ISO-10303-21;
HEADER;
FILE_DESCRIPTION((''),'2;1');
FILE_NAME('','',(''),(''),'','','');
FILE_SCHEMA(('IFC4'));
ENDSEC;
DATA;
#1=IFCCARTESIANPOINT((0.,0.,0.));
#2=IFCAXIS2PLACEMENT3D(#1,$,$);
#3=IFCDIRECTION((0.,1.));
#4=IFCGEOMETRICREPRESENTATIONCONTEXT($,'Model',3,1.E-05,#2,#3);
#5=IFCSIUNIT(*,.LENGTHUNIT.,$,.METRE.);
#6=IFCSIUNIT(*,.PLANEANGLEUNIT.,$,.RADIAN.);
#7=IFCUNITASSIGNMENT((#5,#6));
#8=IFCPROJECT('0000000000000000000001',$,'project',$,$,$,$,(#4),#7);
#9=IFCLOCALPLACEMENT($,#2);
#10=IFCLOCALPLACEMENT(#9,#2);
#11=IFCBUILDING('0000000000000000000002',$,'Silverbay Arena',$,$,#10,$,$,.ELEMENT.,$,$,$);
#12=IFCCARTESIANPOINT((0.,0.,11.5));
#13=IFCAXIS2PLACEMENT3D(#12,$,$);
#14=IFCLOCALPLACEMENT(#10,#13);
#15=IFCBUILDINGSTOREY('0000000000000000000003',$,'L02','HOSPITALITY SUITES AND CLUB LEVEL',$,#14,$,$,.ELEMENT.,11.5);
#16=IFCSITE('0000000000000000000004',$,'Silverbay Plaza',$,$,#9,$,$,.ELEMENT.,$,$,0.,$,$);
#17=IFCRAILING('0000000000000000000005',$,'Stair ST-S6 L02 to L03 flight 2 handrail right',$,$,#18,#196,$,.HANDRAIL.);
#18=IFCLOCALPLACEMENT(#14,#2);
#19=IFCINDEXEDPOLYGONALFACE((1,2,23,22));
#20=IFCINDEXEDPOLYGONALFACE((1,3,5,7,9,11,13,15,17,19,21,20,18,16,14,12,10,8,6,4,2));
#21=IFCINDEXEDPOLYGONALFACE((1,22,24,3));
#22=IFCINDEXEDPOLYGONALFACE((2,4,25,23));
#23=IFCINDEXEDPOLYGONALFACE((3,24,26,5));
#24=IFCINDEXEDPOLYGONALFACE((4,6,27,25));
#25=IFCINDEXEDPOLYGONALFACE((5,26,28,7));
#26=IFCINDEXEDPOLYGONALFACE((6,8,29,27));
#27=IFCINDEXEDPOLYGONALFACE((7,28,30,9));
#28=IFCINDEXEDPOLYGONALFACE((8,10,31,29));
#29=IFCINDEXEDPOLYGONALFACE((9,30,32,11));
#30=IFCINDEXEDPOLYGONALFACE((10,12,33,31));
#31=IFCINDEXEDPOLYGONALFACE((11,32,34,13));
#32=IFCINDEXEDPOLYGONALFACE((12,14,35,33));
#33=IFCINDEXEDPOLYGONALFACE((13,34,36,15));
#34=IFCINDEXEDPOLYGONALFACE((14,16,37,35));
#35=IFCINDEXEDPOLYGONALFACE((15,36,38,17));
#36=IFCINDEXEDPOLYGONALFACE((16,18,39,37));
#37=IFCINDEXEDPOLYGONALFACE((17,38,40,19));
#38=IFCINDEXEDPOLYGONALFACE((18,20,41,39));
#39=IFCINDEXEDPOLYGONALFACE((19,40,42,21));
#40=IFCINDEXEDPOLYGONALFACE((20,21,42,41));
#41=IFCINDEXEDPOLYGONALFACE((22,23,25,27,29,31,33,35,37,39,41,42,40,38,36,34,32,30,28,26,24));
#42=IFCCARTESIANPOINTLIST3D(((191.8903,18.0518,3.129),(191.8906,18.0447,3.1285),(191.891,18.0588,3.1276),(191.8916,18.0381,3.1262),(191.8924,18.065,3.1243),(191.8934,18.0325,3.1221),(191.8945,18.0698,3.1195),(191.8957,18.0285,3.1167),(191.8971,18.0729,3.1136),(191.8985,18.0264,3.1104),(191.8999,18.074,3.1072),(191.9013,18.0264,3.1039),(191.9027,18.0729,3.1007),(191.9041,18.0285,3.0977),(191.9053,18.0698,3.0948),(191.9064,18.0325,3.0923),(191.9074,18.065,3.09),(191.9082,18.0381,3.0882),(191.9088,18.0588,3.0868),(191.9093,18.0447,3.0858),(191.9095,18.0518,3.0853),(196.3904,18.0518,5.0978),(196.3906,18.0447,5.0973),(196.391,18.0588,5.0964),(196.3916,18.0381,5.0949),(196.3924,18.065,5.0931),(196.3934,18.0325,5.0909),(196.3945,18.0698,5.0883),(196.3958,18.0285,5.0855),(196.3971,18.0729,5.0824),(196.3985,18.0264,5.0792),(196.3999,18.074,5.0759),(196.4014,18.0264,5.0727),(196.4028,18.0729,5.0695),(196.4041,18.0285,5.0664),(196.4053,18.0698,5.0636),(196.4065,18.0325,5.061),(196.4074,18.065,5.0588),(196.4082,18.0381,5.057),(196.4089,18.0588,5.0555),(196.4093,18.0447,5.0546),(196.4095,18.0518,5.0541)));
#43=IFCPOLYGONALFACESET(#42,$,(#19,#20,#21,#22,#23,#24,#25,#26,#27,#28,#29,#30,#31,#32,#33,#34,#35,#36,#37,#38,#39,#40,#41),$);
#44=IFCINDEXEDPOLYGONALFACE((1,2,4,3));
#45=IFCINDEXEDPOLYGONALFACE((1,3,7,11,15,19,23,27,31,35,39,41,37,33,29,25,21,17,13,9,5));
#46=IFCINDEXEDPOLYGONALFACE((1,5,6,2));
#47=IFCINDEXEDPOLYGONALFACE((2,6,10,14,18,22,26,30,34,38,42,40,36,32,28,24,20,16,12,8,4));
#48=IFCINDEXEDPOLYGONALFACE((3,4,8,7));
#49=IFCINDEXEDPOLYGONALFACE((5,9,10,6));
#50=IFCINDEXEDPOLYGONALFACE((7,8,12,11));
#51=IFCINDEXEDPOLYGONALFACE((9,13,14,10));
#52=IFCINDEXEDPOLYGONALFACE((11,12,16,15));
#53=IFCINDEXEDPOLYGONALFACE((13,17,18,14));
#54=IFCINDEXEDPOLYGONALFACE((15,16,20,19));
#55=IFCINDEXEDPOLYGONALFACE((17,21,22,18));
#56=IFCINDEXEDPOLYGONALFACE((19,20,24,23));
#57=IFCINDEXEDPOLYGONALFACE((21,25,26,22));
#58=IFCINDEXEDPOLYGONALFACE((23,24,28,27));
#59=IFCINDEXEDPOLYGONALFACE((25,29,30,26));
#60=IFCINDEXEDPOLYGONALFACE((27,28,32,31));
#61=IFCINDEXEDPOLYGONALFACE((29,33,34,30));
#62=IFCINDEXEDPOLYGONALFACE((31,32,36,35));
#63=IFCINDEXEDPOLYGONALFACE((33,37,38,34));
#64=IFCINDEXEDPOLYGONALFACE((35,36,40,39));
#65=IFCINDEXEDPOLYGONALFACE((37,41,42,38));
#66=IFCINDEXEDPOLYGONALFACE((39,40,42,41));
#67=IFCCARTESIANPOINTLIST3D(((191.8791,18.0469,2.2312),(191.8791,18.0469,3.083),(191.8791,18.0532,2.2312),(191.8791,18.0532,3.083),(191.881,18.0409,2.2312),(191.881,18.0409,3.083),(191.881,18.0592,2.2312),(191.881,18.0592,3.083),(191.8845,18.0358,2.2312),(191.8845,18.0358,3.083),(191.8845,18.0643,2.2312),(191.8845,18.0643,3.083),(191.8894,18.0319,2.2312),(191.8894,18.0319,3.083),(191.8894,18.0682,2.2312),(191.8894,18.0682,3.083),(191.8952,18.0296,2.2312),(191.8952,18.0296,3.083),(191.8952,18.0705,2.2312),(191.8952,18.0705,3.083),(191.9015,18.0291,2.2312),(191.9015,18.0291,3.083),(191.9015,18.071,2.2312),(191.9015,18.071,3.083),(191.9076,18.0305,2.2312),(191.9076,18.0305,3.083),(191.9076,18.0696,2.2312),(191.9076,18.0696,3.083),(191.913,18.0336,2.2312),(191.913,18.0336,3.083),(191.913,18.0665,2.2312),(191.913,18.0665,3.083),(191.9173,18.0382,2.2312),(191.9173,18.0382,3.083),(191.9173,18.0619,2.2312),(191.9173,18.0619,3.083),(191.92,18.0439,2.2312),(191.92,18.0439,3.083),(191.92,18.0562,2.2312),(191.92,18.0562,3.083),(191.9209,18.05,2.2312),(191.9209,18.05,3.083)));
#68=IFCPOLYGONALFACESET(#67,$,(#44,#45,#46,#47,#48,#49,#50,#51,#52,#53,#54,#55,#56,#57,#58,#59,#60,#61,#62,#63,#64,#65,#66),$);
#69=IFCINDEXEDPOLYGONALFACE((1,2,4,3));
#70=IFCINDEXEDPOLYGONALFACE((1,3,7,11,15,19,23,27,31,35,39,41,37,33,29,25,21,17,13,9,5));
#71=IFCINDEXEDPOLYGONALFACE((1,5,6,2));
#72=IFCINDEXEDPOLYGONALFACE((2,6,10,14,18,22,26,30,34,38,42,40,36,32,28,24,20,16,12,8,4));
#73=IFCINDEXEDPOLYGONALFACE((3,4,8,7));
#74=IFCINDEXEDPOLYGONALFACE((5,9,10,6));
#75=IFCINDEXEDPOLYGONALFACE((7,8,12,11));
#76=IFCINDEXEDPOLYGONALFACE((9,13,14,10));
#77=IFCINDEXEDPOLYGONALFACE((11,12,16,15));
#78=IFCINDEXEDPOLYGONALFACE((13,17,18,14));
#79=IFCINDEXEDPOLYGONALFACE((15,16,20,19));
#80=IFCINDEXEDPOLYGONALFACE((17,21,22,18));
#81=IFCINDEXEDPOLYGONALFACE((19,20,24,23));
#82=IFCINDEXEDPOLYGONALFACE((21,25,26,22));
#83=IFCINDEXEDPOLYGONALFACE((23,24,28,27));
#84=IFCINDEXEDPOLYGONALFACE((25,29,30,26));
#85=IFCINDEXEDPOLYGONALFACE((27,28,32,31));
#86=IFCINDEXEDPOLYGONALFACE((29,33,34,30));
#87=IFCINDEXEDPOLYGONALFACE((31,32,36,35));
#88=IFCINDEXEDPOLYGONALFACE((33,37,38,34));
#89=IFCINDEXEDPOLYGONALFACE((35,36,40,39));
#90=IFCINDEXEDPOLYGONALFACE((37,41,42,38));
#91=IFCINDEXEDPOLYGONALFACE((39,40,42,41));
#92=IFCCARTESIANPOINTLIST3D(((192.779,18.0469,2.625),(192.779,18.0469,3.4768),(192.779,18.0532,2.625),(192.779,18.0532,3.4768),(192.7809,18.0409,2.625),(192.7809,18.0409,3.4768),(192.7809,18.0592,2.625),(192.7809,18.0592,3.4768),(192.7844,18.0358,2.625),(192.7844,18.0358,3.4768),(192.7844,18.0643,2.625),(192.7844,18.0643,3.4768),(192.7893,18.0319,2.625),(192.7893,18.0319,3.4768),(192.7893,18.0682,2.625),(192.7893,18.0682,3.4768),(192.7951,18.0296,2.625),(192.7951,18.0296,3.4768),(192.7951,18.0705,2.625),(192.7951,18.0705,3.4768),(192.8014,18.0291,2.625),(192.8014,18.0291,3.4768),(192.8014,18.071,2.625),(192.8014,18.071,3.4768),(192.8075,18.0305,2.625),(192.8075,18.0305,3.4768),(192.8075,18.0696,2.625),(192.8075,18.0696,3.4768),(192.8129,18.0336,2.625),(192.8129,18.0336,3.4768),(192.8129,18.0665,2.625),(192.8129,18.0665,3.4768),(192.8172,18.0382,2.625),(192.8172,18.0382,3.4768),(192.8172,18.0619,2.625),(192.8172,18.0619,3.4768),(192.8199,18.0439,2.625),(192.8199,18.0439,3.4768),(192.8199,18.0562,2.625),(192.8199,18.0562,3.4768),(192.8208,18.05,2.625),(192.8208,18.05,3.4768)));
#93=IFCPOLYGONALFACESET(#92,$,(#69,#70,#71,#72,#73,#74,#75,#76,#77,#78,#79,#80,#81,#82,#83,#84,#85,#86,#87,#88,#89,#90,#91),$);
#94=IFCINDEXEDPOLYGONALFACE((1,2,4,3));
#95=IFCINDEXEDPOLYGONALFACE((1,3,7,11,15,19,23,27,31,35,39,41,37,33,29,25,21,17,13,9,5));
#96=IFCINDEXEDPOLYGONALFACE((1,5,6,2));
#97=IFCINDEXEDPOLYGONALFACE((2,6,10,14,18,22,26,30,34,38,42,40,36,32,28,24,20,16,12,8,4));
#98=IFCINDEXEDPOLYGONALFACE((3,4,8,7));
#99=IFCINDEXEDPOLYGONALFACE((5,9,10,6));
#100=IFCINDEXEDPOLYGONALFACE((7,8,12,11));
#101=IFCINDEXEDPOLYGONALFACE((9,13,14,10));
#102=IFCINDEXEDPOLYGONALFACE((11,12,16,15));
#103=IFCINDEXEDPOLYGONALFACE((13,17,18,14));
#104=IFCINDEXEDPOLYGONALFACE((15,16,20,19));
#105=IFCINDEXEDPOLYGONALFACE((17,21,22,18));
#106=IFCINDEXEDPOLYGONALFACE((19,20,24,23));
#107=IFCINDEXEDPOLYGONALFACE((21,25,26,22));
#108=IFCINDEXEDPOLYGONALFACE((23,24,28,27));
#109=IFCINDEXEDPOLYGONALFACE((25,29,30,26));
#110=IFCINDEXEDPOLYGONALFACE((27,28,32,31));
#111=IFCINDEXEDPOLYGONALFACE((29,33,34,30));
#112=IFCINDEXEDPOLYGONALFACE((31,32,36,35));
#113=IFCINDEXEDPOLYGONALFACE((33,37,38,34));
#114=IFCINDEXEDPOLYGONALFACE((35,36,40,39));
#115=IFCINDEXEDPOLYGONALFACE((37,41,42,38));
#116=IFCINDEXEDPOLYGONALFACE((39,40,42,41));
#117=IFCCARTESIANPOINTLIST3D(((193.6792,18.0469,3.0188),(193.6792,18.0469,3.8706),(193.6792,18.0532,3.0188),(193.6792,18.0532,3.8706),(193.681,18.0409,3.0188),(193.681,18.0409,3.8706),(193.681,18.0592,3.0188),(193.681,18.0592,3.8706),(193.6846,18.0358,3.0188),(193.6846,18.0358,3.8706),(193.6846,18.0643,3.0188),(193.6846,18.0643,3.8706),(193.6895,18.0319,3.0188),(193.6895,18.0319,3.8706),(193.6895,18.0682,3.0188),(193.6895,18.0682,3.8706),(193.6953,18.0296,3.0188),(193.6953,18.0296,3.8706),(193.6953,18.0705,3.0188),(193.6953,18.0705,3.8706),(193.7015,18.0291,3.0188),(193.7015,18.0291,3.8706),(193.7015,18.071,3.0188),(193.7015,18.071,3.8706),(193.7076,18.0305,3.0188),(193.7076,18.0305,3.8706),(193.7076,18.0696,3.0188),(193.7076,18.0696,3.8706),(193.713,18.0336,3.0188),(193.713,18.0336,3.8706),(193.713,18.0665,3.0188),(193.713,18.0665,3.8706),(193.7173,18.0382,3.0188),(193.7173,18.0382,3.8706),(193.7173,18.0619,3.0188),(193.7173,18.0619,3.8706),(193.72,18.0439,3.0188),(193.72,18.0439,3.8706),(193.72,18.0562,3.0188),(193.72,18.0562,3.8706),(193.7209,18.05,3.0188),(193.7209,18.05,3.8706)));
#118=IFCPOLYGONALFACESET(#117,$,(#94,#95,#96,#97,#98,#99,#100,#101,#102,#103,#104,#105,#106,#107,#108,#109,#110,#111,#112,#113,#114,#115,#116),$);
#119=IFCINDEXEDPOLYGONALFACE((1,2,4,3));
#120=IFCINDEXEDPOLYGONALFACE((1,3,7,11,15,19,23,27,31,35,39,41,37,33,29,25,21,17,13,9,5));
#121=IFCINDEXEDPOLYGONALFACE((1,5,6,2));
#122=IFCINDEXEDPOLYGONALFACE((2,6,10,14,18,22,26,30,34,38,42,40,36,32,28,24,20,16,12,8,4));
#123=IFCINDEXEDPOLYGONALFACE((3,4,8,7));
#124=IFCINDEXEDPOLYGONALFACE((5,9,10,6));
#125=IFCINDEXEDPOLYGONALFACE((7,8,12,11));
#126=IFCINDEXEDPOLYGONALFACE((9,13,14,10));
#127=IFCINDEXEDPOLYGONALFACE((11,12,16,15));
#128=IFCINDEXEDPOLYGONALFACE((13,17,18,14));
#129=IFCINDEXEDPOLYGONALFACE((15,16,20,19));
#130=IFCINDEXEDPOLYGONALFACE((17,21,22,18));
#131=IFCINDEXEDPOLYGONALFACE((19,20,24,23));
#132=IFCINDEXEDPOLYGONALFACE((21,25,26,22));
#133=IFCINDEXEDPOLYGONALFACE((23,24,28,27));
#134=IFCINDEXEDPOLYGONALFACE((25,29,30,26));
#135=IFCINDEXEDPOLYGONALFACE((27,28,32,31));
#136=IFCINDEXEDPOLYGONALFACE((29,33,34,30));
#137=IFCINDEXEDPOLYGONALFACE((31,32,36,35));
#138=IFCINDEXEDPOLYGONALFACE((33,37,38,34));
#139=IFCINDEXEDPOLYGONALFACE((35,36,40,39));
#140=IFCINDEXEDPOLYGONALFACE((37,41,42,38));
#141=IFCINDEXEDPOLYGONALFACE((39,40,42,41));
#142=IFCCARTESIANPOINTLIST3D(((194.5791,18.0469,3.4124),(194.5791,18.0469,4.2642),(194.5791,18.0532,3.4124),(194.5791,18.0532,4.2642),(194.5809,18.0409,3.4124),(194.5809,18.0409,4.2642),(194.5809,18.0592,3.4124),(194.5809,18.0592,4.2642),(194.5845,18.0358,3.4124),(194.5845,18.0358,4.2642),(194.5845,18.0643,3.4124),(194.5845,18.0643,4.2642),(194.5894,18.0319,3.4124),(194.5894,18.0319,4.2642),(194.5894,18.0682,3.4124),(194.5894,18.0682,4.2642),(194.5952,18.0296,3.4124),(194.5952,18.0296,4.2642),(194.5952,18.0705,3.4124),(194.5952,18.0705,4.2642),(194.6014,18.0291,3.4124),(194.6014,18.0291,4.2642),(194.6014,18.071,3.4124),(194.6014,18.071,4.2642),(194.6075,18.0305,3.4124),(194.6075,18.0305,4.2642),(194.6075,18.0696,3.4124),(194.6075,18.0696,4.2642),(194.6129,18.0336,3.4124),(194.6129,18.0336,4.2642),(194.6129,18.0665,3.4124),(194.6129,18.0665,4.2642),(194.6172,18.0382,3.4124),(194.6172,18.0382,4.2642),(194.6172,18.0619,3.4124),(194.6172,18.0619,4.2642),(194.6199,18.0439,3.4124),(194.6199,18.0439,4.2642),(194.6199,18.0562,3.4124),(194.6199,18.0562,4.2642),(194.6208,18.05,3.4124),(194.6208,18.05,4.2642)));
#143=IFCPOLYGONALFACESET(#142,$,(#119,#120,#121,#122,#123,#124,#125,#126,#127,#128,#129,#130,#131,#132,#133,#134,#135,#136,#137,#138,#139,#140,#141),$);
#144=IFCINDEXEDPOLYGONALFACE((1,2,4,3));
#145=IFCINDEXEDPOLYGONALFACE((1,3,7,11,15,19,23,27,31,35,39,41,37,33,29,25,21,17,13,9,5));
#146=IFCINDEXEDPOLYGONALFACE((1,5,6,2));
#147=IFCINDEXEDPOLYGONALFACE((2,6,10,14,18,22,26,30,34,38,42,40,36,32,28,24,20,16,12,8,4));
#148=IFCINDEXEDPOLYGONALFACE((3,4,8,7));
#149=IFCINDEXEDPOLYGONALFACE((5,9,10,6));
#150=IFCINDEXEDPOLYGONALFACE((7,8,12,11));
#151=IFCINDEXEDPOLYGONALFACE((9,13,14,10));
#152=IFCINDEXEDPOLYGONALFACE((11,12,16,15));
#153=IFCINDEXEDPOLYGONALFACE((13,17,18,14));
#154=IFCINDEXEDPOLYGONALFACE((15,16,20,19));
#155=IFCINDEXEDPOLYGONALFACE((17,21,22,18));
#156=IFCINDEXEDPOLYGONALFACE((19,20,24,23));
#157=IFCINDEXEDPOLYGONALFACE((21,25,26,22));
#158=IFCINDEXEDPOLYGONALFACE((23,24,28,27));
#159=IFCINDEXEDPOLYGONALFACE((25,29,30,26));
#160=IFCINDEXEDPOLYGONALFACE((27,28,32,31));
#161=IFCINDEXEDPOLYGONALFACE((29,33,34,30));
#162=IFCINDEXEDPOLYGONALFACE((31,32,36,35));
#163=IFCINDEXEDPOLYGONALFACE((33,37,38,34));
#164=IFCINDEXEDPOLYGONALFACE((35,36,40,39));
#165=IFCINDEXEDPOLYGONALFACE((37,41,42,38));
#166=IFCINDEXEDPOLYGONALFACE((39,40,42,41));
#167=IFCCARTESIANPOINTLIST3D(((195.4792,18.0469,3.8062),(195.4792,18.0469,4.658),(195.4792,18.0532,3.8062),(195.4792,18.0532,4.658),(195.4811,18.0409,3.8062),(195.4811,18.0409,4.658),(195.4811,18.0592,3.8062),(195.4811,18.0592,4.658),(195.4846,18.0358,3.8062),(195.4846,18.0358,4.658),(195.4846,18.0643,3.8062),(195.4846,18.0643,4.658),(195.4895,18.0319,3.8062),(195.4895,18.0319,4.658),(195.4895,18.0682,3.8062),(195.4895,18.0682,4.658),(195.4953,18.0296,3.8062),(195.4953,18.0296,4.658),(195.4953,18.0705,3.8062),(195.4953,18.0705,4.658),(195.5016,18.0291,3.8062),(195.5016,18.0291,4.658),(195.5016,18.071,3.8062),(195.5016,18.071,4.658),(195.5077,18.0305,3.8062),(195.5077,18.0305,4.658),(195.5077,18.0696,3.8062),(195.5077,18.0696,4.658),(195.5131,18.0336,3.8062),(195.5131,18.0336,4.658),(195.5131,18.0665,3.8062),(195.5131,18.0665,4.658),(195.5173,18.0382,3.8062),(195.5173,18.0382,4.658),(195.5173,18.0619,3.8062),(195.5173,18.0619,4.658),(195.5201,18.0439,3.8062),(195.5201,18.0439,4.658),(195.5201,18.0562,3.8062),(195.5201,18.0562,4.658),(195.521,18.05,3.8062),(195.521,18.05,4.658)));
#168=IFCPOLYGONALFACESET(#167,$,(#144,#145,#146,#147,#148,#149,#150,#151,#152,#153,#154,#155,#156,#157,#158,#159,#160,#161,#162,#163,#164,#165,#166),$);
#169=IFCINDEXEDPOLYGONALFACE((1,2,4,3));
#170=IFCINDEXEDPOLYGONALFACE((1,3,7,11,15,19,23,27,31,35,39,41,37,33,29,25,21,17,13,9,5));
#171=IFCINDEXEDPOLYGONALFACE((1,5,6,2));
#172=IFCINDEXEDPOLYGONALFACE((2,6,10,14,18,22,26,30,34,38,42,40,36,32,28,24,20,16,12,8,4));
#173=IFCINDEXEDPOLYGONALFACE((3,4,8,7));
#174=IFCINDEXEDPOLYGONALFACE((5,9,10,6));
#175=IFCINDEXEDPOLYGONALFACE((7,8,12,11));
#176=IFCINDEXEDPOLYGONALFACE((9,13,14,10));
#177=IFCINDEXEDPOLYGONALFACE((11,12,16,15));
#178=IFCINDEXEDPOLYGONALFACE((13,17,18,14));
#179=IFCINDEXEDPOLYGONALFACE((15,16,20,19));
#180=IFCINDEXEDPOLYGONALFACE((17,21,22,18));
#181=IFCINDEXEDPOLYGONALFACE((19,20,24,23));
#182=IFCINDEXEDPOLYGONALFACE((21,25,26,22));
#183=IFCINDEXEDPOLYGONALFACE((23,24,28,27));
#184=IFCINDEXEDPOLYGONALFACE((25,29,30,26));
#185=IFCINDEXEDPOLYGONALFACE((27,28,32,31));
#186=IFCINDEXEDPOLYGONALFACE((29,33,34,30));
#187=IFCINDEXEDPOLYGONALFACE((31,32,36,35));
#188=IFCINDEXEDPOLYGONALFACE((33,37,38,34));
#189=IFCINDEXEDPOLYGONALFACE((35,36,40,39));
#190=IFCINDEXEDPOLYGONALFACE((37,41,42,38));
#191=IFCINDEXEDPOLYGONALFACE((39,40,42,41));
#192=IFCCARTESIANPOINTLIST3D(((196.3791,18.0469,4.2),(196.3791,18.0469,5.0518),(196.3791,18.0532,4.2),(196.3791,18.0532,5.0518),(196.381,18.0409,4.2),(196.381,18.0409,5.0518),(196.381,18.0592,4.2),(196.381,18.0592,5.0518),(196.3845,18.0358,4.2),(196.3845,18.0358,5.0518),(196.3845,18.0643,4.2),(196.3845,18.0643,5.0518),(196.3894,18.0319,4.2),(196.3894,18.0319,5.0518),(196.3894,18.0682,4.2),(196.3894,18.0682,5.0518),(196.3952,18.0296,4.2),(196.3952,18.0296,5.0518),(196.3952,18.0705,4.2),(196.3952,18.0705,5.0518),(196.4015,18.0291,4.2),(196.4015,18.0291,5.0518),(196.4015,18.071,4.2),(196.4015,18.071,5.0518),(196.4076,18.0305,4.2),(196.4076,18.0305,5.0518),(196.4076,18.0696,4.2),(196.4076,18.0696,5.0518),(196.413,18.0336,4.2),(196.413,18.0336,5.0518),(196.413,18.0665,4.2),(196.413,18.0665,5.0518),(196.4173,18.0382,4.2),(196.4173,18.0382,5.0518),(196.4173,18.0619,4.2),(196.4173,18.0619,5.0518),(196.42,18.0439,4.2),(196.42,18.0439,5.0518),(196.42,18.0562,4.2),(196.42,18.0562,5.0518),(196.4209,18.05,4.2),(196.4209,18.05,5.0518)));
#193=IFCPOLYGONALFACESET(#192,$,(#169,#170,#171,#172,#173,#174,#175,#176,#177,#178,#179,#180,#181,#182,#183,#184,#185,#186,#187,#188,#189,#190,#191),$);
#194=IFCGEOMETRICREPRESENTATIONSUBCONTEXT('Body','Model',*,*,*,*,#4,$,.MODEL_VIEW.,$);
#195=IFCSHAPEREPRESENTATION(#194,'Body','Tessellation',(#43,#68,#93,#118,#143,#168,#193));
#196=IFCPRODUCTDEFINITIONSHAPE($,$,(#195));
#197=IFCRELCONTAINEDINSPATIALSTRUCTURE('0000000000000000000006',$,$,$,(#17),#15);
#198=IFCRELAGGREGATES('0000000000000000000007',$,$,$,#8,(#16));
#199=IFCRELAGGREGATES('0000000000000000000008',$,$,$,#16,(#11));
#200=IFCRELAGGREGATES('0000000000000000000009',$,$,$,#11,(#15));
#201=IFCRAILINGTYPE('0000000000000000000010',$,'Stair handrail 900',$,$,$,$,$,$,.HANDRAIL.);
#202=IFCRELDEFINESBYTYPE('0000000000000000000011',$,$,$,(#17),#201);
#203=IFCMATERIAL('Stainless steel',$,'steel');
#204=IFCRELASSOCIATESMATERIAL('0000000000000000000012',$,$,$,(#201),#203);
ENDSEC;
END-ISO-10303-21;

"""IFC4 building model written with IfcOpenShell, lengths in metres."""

from ifc_helpers import new_model, si_unit, direction, frame, origin, origin_2d, place, context, subcontext, project, spatial, circle, extrude, material, type_object, element, save


model = new_model("IFC4")

# Units and contexts
model_context = context("Model", 3, precision=1e-05, world=origin(), true_north=direction((0.0, 1.0)))
body_context = subcontext(model_context, "Body", "Model", "MODEL_VIEW")
ifc_project = project(units=[si_unit("LENGTHUNIT", "METRE"), si_unit("PLANEANGLEUNIT", "RADIAN")], contexts=[model_context])

# Site, building, storey
site_placement = place(None, origin())
site = spatial("IfcSite", under=ifc_project, at=site_placement, Name="Silverbay Plaza", CompositionType="ELEMENT", RefElevation=0.0)
building_placement = place(site_placement, origin())
building = spatial("IfcBuilding", under=site, at=building_placement, Name="Silverbay Arena", CompositionType="ELEMENT")
storey_placement = place(building_placement, frame((0.0, 0.0, 11.5)))
storey = spatial("IfcBuildingStorey", under=building, at=storey_placement, Name="L02", Description="HOSPITALITY SUITES AND CLUB LEVEL", CompositionType="ELEMENT", Elevation=11.5)

# Railing
ifc_material_1 = material(Name="Stainless steel", Category="steel")
railing_type_1 = type_object("IfcRailingType", Name="Stair handrail 900", PredefinedType="HANDRAIL", material=ifc_material_1)
for number, where, name in (
    (1, (191.8999, 18.05, 2.2312), "Stair ST-S6 L02 to L03 flight 2 handrail right"),
):
    element("IfcRailing", number, at=place(storey_placement, frame(where)), inside=storey, type_object=railing_type_1, Name=name, PredefinedType="HANDRAIL", context=body_context, shape_type="SweptSolid", body=[
        extrude(circle(Radius=0.0239, at=origin_2d()), frame((0.0, 0.0, 0.876), z_axis=(0.916157, 0.0, 0.400819), x_axis=(0.0, 1.0, 0.0)), (0.0, 0.0, 1.0), 4.9119),
        extrude(circle(Radius=0.021, at=origin_2d()), origin(), (0.0, 0.0, 1.0), 0.8518),
        extrude(circle(Radius=0.021, at=origin_2d()), frame((0.8999, 0.0, 0.3938)), (0.0, 0.0, 1.0), 0.8518),
        extrude(circle(Radius=0.021, at=origin_2d()), frame((1.8, 0.0, 0.7876)), (0.0, 0.0, 1.0), 0.8518),
        extrude(circle(Radius=0.021, at=origin_2d()), frame((2.7, 0.0, 1.1812)), (0.0, 0.0, 1.0), 0.8518),
        extrude(circle(Radius=0.021, at=origin_2d()), frame((3.6001, 0.0, 1.575)), (0.0, 0.0, 1.0), 0.8518),
        extrude(circle(Radius=0.021, at=origin_2d()), frame((4.5, 0.0, 1.9688)), (0.0, 0.0, 1.0), 0.8518),
    ])

save(model, "model.ifc")
